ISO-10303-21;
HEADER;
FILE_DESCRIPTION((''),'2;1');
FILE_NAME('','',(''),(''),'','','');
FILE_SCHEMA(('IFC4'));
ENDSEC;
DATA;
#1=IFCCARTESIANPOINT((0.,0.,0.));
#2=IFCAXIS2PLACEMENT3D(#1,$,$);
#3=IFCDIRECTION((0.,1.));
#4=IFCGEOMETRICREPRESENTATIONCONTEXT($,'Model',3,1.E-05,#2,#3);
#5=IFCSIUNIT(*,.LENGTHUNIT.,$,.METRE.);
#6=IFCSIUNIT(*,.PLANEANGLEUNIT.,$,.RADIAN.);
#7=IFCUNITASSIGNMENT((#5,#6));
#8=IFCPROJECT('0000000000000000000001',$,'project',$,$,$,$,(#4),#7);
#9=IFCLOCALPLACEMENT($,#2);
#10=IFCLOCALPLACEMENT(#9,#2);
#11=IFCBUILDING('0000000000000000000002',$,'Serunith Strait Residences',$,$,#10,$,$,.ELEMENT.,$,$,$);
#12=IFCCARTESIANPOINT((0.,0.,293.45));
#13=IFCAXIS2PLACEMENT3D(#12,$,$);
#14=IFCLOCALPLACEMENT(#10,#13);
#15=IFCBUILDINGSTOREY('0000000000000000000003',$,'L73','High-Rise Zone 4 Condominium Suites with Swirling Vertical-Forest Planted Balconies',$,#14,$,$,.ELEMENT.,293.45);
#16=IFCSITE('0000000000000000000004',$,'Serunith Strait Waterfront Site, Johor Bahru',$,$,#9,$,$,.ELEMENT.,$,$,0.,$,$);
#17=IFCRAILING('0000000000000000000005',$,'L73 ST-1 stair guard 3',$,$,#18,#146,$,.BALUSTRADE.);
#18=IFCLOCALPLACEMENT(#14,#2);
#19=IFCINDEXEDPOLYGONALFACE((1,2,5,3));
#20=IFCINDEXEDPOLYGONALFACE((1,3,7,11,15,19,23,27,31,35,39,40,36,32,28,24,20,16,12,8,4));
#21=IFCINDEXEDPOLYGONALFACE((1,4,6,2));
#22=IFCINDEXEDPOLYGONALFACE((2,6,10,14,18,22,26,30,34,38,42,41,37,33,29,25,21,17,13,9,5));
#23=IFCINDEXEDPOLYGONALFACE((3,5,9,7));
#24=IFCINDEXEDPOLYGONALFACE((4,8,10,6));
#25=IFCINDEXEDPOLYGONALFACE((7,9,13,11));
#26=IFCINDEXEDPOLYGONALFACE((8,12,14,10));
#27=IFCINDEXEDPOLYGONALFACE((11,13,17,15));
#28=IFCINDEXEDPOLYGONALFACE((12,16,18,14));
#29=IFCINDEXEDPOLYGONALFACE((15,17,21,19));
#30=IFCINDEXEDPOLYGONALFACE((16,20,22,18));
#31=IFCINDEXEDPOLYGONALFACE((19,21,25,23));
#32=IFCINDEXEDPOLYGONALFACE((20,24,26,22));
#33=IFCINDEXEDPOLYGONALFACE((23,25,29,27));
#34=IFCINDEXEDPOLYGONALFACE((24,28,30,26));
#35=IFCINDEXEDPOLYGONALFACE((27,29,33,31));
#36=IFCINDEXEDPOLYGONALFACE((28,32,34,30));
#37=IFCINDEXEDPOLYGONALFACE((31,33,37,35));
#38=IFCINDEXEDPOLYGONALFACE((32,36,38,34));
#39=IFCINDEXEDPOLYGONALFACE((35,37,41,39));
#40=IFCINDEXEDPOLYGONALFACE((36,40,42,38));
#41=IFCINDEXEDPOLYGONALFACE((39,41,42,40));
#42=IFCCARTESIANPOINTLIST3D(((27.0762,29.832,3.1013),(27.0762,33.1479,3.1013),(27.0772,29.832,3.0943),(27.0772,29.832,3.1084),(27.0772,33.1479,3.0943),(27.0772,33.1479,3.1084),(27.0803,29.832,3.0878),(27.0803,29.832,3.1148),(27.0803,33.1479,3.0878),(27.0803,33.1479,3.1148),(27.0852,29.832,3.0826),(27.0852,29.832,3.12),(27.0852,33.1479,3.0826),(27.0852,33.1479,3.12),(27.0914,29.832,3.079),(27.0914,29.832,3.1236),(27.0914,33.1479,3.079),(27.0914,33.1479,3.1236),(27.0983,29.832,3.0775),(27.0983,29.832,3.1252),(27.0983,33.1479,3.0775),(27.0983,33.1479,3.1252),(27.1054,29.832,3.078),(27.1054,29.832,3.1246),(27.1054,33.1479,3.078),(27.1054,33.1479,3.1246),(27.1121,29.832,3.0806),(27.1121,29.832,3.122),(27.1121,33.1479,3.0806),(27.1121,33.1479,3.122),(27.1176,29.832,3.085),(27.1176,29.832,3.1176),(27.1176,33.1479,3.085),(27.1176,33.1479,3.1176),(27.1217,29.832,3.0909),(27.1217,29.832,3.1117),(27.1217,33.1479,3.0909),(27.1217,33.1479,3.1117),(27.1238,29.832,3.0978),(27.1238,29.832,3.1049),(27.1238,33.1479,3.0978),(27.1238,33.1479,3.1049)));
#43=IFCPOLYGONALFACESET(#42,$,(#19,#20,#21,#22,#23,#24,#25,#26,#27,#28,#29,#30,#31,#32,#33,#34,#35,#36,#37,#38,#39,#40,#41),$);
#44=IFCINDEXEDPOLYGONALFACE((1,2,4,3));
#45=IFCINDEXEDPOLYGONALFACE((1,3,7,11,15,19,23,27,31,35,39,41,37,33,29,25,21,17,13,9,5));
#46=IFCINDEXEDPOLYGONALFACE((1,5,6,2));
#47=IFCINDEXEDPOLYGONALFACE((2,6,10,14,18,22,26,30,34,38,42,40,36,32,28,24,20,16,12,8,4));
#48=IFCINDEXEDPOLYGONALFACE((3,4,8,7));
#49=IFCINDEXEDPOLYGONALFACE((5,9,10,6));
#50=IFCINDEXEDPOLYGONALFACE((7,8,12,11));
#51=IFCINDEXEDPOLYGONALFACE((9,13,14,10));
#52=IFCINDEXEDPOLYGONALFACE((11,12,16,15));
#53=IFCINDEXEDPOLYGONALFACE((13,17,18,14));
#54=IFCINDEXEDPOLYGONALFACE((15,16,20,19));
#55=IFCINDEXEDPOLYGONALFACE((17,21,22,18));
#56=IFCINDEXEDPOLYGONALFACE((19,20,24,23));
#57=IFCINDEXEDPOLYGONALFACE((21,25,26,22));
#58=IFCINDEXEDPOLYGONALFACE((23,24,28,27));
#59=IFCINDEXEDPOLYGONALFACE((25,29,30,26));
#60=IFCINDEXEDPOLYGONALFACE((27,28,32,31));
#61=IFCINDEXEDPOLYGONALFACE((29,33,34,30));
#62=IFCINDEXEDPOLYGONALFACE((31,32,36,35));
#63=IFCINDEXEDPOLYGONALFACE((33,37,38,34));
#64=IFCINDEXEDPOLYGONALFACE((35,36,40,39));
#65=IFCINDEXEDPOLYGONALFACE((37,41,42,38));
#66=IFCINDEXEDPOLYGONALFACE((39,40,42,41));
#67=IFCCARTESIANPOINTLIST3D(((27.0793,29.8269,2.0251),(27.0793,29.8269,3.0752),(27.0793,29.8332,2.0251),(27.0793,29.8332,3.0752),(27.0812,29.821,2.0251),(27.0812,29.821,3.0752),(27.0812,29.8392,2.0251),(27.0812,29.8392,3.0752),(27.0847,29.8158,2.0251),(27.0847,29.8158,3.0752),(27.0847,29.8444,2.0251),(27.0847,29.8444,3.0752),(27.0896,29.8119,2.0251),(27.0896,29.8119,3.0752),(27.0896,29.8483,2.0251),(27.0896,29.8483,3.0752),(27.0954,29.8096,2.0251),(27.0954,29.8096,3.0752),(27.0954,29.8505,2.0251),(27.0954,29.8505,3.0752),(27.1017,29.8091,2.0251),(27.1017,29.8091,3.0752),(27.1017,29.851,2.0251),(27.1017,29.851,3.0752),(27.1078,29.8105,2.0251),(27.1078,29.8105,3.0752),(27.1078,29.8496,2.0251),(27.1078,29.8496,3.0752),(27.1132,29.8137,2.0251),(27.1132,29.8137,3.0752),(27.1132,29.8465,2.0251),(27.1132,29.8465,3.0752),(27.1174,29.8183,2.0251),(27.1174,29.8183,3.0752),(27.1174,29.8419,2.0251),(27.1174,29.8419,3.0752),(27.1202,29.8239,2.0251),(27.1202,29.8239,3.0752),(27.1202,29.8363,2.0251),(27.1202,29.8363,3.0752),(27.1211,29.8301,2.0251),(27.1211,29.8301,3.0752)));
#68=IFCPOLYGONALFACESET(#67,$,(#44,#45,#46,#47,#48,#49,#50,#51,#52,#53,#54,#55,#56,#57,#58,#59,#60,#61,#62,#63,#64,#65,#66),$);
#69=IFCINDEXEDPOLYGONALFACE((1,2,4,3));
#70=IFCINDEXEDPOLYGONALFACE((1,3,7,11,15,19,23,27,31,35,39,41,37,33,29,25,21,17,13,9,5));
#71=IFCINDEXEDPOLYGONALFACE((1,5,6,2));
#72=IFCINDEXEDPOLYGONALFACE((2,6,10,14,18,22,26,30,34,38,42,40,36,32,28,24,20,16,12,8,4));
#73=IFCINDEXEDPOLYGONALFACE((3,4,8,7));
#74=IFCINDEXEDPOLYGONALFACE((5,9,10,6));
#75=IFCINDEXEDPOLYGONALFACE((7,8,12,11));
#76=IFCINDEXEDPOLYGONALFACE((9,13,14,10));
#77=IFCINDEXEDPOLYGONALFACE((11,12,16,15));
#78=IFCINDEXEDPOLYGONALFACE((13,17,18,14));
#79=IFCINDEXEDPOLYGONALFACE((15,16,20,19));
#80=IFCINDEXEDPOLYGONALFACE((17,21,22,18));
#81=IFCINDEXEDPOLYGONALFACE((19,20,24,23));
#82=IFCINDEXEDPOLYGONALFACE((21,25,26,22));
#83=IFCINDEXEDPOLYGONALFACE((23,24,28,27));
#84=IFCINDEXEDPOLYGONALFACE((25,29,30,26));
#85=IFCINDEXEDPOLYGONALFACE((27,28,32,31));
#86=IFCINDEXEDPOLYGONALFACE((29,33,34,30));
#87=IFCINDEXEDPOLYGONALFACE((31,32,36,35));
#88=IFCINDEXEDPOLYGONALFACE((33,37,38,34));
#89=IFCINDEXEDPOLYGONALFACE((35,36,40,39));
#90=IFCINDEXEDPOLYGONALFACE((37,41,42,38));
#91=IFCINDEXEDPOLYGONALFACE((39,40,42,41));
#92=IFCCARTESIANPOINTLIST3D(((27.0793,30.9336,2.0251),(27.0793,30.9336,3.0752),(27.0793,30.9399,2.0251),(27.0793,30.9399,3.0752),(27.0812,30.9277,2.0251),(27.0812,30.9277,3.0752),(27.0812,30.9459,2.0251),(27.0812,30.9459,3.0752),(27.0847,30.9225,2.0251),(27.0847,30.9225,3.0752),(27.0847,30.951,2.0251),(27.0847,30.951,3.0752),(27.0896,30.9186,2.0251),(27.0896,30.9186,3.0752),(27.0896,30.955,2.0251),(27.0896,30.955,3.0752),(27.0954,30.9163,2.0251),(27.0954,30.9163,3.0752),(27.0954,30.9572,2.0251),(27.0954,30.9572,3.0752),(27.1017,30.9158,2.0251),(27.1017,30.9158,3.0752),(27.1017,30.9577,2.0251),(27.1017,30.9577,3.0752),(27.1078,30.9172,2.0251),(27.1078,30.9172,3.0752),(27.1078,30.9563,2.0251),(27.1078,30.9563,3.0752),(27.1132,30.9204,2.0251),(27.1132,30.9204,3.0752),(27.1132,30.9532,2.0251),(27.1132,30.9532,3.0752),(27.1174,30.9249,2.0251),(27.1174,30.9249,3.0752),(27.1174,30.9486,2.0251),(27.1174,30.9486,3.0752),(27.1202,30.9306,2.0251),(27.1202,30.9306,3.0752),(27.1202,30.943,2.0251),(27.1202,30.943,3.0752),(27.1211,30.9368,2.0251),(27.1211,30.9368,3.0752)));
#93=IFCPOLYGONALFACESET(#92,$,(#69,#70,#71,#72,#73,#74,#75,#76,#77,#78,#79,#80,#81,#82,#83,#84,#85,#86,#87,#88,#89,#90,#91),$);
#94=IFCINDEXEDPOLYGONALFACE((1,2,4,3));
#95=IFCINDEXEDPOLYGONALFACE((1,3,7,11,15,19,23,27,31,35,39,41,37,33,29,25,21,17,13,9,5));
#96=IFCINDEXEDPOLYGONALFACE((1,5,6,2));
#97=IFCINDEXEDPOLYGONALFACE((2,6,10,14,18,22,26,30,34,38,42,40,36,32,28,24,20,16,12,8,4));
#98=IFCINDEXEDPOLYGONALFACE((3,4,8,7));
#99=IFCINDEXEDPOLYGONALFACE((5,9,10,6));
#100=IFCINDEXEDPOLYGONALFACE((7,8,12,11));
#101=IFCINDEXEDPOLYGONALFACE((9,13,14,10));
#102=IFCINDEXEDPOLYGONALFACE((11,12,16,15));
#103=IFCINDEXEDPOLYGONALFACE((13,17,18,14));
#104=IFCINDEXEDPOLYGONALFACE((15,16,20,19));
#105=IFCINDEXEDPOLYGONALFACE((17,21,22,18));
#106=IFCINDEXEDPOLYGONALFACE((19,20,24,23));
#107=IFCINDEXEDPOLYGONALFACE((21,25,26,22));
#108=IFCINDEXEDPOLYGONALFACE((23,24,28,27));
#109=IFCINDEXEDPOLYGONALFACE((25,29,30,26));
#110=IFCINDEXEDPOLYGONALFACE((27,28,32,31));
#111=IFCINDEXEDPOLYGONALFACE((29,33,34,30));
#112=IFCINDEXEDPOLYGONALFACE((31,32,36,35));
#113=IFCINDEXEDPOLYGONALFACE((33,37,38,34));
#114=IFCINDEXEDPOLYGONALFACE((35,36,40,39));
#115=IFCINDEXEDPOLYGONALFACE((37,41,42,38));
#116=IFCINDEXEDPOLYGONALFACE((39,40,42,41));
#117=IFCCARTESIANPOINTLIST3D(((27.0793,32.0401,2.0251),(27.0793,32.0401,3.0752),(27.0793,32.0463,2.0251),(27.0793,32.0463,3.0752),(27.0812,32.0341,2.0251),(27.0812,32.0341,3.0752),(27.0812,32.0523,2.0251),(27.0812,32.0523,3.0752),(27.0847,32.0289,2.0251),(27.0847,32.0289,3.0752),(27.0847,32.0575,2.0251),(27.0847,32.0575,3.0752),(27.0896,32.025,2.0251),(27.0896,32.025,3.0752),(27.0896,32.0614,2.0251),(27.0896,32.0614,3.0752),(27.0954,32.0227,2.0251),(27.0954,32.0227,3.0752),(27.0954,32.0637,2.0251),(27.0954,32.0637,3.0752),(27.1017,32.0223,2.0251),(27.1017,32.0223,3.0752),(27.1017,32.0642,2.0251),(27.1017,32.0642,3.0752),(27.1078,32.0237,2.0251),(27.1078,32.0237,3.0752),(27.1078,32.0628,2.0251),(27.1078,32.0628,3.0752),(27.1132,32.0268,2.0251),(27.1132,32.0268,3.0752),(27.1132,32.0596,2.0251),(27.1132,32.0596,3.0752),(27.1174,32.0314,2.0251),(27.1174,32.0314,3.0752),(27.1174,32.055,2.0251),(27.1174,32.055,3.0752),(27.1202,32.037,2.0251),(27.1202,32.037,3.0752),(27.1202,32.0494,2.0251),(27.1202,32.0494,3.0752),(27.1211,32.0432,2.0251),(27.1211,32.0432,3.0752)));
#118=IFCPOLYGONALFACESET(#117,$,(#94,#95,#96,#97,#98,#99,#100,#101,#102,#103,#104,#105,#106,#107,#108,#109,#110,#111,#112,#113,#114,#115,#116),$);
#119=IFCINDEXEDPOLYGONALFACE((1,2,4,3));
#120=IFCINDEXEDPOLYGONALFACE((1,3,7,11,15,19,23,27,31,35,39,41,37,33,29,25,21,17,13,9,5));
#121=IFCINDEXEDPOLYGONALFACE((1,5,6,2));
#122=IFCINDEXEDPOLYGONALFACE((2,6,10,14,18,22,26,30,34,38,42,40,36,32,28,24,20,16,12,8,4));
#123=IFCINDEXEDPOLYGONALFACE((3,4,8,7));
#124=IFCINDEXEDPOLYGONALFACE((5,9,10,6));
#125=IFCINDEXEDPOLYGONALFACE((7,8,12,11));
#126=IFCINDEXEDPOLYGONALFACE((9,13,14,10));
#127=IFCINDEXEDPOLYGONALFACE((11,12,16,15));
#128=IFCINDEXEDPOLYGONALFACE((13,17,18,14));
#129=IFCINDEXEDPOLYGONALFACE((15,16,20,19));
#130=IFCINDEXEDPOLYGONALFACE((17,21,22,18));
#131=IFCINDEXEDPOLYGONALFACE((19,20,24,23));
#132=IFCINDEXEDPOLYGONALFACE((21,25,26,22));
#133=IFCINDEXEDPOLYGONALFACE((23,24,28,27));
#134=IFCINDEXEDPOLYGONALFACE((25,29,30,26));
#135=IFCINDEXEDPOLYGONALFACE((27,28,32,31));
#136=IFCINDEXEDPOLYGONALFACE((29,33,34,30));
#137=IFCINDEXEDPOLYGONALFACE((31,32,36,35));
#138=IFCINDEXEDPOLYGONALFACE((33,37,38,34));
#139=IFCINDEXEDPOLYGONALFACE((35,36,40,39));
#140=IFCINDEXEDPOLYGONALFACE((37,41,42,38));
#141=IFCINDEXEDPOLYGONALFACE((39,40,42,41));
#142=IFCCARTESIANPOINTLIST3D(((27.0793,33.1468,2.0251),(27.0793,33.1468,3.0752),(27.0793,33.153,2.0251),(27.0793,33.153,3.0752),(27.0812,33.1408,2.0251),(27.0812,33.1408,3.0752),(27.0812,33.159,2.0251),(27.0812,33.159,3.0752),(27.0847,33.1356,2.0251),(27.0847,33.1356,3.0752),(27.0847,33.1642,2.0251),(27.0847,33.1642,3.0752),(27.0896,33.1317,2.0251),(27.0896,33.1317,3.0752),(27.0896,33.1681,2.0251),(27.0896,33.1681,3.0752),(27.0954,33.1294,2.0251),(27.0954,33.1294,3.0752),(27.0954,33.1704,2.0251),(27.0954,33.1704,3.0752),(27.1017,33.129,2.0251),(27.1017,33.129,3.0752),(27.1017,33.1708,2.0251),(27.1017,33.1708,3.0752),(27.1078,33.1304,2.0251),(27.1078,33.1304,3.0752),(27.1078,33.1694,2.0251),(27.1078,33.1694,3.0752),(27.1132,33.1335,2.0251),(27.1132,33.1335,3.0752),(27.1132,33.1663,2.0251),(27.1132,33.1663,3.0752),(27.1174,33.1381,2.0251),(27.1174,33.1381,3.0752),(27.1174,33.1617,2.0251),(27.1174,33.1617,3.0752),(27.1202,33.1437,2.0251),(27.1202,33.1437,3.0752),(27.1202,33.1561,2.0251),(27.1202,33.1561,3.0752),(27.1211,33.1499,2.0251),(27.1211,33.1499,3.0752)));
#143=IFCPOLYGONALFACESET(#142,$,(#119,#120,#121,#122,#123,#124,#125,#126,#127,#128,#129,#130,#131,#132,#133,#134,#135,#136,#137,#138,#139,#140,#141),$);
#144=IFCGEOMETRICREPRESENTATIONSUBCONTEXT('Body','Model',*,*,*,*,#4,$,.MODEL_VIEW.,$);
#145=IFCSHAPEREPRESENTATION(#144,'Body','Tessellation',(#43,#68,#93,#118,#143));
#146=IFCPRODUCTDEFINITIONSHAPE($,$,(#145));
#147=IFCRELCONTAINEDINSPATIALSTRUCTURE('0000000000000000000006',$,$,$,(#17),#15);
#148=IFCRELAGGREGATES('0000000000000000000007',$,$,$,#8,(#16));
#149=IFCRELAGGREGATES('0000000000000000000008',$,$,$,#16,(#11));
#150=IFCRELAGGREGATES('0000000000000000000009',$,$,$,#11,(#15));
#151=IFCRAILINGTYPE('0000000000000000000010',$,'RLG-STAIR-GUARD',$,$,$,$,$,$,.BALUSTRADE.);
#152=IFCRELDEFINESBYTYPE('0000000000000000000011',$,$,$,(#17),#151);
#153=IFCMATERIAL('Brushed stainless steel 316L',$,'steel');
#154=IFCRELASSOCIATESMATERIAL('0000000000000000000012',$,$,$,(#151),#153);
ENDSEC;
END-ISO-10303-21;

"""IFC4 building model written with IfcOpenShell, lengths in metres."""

from ifc_helpers import new_model, si_unit, direction, frame, origin, origin_2d, place, context, subcontext, project, spatial, circle, extrude, material, type_object, element, save


model = new_model("IFC4")

# Units and contexts
model_context = context("Model", 3, precision=1e-05, world=origin(), true_north=direction((0.0, 1.0)))
body_context = subcontext(model_context, "Body", "Model", "MODEL_VIEW")
ifc_project = project(units=[si_unit("LENGTHUNIT", "METRE"), si_unit("PLANEANGLEUNIT", "RADIAN")], contexts=[model_context])

# Site, building, storey
site_placement = place(None, origin())
site = spatial("IfcSite", under=ifc_project, at=site_placement, Name="Serunith Strait Waterfront Site, Johor Bahru", CompositionType="ELEMENT", RefElevation=0.0)
building_placement = place(site_placement, origin())
building = spatial("IfcBuilding", under=site, at=building_placement, Name="Serunith Strait Residences", CompositionType="ELEMENT")
storey_placement = place(building_placement, frame((0.0, 0.0, 293.45)))
storey = spatial("IfcBuildingStorey", under=building, at=storey_placement, Name="L73", Description="High-Rise Zone 4 Condominium Suites with Swirling Vertical-Forest Planted Balconies", CompositionType="ELEMENT", Elevation=293.45)

# Railing
ifc_material_1 = material(Name="Brushed stainless steel 316L", Category="steel")
railing_type_1 = type_object("IfcRailingType", Name="RLG-STAIR-GUARD", PredefinedType="BALUSTRADE", material=ifc_material_1)
for number, where, name in (
    (1, (27.1001, 29.8301, 2.0251), "L73 ST-1 stair guard 3"),
):
    element("IfcRailing", number, at=place(storey_placement, frame(where)), inside=storey, type_object=railing_type_1, Name=name, PredefinedType="BALUSTRADE", context=body_context, shape_type="SweptSolid", body=[
        extrude(circle(Radius=0.0239, at=origin_2d()), frame((0.0, 0.002, 1.0762), z_axis=(0.0, 1.0, 0.0), x_axis=(-1.0, 0.0, 0.0)), (0.0, 0.0, 1.0), 3.3159),
        extrude(circle(Radius=0.021, at=origin_2d()), origin(), (0.0, 0.0, 1.0), 1.05),
        extrude(circle(Radius=0.021, at=origin_2d()), frame((0.0, 1.1067, 0.0)), (0.0, 0.0, 1.0), 1.05),
        extrude(circle(Radius=0.021, at=origin_2d()), frame((0.0, 2.2131, 0.0)), (0.0, 0.0, 1.0), 1.05),
        extrude(circle(Radius=0.021, at=origin_2d()), frame((0.0, 3.3198, 0.0)), (0.0, 0.0, 1.0), 1.05),
    ])

save(model, "model.ifc")
